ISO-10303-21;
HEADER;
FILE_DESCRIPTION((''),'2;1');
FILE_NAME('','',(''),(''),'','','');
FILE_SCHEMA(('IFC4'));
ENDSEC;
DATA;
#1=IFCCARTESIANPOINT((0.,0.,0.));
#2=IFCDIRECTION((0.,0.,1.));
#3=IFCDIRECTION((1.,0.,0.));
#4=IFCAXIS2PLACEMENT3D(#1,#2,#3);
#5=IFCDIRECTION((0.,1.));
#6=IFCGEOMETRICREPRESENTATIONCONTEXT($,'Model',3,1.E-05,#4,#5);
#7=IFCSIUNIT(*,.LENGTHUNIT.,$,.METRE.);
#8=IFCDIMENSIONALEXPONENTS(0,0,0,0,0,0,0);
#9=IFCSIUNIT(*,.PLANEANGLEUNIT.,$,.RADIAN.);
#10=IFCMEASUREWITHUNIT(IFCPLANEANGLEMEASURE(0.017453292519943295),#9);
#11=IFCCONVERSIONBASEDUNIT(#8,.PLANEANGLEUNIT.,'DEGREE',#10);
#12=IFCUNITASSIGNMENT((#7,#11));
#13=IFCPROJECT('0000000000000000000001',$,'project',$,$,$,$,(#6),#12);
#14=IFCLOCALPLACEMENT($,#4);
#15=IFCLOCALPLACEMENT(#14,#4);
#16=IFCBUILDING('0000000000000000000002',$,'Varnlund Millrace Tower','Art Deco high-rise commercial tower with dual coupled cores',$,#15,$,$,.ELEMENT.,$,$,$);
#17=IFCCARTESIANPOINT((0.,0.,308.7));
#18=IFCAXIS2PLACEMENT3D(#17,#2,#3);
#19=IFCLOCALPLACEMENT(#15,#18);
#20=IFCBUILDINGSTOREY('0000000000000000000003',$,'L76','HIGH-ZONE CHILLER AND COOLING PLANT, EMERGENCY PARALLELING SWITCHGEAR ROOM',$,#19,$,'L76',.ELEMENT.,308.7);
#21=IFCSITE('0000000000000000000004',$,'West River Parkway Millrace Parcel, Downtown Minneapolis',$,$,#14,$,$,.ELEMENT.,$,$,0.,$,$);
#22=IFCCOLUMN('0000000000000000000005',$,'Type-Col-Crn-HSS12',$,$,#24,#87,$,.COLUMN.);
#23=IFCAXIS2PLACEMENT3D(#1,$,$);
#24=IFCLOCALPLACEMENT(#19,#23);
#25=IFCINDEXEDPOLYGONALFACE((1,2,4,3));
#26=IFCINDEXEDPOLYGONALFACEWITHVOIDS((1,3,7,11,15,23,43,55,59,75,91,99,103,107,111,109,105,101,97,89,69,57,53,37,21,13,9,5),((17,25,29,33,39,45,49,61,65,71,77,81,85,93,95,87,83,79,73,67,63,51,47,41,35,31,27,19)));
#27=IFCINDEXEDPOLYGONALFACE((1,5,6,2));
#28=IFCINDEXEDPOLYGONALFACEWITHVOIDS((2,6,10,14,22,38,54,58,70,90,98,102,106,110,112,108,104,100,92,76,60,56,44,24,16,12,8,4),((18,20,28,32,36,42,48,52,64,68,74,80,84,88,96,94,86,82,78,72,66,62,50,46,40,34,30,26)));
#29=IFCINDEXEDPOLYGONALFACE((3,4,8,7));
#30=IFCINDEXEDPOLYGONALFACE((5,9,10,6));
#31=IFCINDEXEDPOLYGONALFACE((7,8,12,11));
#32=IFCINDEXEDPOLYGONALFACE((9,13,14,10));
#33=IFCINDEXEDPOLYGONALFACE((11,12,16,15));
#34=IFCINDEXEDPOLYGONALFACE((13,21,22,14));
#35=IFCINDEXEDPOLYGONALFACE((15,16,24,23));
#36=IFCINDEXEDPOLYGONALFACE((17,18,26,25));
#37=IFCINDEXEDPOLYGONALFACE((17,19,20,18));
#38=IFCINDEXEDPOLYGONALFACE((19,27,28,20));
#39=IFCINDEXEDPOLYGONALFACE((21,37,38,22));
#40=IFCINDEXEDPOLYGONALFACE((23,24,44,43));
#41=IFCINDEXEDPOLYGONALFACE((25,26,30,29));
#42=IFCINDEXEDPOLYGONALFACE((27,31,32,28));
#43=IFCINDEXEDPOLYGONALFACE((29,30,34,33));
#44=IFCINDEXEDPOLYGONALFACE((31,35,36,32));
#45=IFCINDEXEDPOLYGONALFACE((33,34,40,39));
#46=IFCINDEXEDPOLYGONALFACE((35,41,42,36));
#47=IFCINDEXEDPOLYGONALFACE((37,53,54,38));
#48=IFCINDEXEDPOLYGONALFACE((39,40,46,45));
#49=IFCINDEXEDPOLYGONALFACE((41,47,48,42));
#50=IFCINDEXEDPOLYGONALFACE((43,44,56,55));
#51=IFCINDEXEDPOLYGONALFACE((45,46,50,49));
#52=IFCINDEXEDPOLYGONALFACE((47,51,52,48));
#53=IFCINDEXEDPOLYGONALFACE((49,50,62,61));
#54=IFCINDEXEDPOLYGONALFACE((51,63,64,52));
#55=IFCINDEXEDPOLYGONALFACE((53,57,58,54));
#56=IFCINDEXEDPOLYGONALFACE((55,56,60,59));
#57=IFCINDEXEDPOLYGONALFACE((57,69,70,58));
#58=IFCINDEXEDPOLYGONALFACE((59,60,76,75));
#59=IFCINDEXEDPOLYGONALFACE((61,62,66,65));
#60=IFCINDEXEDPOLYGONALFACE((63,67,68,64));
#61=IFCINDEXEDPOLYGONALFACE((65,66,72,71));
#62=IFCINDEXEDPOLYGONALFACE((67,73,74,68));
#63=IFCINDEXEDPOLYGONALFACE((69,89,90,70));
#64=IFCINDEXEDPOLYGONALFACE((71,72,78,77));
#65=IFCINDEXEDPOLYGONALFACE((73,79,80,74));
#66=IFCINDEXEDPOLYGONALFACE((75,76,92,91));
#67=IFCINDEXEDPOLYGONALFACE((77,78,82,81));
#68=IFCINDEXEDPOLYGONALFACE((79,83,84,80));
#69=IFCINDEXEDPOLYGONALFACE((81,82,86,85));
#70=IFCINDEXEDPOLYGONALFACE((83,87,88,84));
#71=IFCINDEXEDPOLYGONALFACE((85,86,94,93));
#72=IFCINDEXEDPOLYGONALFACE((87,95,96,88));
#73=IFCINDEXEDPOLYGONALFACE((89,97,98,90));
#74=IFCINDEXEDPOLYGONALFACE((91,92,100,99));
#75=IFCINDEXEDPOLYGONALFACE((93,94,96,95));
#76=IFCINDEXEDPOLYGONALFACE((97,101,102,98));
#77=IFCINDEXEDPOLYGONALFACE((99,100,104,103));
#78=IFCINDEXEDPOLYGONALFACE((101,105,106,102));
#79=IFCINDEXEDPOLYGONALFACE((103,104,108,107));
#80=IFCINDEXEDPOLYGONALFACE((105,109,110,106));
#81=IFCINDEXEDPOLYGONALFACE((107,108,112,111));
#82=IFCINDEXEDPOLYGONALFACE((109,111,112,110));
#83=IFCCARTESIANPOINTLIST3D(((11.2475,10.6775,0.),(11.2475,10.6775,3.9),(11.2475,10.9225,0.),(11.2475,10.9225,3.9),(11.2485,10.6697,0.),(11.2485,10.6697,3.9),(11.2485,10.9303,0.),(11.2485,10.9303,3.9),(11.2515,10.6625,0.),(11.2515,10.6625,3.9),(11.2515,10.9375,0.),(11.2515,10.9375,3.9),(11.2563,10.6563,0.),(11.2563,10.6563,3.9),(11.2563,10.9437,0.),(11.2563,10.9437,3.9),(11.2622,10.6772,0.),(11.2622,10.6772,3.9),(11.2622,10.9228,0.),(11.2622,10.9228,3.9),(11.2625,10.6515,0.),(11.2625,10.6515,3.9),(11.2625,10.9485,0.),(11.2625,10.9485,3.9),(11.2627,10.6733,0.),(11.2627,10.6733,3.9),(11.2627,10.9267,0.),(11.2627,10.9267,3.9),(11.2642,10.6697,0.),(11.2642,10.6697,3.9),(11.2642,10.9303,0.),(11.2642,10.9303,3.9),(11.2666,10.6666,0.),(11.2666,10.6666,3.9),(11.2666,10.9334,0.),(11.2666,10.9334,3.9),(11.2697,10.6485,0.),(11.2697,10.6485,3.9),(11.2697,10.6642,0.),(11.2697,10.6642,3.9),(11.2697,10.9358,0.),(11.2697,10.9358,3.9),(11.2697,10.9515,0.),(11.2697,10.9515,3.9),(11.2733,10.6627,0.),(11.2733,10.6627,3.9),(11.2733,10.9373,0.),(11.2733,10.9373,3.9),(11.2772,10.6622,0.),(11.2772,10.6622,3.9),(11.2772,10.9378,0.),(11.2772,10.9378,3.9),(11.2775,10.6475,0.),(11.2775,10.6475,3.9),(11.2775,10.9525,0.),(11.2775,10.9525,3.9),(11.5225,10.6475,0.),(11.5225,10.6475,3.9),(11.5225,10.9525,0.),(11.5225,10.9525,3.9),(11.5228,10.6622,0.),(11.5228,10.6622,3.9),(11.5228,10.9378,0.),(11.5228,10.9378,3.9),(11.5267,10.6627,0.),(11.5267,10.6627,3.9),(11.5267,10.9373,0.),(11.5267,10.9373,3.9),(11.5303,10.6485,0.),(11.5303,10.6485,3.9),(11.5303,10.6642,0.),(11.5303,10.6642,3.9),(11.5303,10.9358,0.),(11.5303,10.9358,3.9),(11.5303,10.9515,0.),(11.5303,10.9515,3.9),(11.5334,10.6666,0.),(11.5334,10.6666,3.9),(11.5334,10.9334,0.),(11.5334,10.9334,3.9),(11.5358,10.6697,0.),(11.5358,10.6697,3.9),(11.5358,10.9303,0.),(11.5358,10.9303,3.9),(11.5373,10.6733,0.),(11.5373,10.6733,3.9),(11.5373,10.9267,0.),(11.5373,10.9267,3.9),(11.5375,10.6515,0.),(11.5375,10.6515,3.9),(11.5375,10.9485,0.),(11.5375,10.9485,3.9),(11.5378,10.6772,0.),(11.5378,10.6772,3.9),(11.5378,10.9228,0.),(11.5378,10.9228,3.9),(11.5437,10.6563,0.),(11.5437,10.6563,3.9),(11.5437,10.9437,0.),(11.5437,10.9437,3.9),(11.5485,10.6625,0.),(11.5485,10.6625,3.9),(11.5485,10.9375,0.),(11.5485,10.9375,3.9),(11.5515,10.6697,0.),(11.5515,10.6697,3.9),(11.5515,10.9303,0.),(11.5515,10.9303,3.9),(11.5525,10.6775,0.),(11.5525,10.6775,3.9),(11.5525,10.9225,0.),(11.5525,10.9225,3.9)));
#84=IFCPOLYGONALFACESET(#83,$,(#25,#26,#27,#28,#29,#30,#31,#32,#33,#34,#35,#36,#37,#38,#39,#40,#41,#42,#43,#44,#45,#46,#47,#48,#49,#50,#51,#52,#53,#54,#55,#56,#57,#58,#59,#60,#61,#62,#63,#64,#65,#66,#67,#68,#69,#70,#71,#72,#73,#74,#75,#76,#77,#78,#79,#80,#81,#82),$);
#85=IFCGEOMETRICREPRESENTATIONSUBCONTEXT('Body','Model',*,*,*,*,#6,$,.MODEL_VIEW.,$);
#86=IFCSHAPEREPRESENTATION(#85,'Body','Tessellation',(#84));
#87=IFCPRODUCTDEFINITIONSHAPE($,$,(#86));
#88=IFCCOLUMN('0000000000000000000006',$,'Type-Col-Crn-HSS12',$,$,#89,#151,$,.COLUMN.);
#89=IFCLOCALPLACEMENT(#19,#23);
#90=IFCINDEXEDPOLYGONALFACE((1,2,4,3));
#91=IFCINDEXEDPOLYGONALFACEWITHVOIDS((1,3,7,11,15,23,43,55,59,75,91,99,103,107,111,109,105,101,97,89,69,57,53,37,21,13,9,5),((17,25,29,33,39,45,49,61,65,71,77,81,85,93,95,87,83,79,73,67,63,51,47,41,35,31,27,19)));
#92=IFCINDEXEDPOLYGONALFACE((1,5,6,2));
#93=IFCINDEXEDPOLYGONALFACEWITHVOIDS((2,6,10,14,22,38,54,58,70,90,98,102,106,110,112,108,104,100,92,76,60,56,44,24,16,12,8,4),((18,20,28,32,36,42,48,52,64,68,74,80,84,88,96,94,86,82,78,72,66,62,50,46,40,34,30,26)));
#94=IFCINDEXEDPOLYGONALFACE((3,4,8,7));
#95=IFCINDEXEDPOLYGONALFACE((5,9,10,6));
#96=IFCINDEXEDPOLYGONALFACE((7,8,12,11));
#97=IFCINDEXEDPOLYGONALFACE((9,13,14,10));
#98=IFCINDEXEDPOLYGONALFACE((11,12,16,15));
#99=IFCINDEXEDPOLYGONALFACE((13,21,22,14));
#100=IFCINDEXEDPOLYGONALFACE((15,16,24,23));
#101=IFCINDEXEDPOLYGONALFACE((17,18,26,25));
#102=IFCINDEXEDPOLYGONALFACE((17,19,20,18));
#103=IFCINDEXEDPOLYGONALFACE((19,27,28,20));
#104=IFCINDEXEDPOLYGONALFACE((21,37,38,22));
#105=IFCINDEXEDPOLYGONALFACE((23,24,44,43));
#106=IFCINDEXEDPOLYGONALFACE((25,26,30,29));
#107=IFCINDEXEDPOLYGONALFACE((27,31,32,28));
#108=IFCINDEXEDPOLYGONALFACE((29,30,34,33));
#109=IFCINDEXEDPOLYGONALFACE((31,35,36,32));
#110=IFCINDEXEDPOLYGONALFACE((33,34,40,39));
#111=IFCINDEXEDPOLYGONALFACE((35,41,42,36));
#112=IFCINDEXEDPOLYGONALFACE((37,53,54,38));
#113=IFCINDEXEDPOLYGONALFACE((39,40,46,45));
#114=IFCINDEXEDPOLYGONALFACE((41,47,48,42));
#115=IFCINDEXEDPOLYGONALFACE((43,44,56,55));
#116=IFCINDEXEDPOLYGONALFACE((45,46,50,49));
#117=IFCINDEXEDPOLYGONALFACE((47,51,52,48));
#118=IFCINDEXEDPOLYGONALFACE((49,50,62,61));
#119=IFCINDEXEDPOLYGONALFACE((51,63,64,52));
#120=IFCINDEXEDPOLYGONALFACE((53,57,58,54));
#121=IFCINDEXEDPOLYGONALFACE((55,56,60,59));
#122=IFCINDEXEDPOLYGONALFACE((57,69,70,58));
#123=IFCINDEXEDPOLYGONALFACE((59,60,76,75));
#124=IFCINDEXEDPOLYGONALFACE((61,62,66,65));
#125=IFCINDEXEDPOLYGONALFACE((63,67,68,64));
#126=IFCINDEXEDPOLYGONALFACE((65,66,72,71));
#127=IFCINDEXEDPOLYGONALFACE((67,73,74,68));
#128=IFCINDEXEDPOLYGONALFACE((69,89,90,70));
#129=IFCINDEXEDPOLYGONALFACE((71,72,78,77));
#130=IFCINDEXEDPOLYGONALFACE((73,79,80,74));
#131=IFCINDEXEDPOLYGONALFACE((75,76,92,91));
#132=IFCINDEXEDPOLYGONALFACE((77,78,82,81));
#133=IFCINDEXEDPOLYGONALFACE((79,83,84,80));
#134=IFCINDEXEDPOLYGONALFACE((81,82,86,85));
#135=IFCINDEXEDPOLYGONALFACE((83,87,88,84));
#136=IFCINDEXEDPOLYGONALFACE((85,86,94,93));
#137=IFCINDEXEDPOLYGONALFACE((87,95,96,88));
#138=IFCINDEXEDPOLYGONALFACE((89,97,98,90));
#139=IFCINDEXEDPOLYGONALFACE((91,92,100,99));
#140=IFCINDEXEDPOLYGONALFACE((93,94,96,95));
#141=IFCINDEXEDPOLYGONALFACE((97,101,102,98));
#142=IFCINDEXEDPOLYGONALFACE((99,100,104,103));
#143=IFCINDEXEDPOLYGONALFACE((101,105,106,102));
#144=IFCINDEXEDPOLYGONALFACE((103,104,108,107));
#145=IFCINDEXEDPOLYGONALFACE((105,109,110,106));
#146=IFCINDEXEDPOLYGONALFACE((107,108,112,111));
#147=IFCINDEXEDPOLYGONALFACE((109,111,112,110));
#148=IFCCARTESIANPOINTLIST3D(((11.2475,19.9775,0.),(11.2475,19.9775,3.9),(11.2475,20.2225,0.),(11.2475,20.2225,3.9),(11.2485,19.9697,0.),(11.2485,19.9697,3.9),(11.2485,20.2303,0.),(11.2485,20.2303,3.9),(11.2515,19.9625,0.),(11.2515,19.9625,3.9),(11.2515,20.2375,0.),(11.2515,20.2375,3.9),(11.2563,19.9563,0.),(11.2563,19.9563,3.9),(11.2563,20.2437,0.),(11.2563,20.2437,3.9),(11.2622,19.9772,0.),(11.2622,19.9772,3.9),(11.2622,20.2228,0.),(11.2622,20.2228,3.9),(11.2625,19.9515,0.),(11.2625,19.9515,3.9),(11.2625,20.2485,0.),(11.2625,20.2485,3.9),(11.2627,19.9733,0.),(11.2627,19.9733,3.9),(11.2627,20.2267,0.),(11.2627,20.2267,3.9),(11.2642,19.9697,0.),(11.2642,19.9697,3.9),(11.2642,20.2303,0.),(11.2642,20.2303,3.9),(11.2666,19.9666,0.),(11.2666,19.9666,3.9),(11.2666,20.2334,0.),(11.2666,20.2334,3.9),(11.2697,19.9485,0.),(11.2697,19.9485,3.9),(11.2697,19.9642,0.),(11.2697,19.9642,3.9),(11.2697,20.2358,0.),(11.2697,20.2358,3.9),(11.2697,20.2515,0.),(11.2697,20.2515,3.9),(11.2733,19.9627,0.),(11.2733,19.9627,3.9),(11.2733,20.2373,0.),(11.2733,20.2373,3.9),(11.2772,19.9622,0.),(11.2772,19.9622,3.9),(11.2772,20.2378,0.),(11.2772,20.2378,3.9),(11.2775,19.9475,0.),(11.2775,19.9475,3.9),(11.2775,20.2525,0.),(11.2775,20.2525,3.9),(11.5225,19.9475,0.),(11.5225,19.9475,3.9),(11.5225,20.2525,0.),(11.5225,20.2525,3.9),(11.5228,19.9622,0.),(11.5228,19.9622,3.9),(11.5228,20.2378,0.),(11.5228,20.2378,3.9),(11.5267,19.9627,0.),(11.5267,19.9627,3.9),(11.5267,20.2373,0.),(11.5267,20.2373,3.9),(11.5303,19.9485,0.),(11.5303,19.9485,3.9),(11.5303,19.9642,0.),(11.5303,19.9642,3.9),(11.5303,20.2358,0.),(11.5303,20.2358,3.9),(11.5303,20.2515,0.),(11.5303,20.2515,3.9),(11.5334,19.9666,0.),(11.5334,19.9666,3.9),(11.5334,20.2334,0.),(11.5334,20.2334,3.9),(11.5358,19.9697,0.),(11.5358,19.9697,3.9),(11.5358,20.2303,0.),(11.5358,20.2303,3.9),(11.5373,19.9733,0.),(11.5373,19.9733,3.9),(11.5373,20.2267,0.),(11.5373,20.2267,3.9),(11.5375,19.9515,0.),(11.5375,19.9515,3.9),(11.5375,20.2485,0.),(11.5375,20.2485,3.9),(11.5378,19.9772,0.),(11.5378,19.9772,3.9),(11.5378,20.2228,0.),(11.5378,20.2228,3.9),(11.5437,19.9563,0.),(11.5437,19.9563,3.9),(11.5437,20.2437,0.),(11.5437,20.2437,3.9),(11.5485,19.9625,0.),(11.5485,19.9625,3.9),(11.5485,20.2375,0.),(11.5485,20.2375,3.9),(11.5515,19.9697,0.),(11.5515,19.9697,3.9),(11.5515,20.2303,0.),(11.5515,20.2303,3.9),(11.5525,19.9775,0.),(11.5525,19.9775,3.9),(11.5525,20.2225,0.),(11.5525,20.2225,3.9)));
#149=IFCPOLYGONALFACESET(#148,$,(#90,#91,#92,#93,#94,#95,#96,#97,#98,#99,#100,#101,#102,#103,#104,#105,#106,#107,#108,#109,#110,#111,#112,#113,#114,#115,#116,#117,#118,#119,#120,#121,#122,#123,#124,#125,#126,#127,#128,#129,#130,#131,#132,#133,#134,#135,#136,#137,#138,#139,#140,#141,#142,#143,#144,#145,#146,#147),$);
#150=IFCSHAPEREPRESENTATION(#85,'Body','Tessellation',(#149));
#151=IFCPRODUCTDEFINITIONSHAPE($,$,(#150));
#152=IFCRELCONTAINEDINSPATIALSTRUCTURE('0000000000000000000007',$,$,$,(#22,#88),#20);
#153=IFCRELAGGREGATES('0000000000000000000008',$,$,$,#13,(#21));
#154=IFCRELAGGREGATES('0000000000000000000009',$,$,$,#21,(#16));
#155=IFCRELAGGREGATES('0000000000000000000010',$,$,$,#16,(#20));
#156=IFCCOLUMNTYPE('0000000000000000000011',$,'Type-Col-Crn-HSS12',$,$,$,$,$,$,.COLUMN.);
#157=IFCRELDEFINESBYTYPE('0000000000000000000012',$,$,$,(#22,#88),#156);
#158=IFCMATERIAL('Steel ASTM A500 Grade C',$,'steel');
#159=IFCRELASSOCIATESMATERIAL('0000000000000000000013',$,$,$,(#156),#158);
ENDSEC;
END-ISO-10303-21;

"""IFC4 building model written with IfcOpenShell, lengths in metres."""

from ifc_helpers import new_model, entity, si_unit, converted_unit, direction, frame, origin_with_axes, origin_2d_with_axis, place, context, subcontext, project, spatial, hollow_rectangle, extrude, material, material_profile, profile_set, type_object, element, save


model = new_model("IFC4")

# Units and contexts
model_context = context("Model", 3, precision=1e-05, world=origin_with_axes(), true_north=direction((0.0, 1.0)))
body_context = subcontext(model_context, "Body", "Model", "MODEL_VIEW")
ifc_project = project(units=[si_unit("LENGTHUNIT", "METRE"), converted_unit("PLANEANGLEUNIT", "DEGREE", entity("IfcPlaneAngleMeasure", 0.017453292519943295), si_unit("PLANEANGLEUNIT", "RADIAN"), dimensions=[0, 0, 0, 0, 0, 0, 0])], contexts=[model_context])

# Site, building, storey
site_placement = place(None, origin_with_axes())
site = spatial("IfcSite", under=ifc_project, at=site_placement, Name="West River Parkway Millrace Parcel, Downtown Minneapolis", CompositionType="ELEMENT", RefElevation=0.0)
building_placement = place(site_placement, origin_with_axes())
building = spatial("IfcBuilding", under=site, at=building_placement, Name="Varnlund Millrace Tower", Description="Art Deco high-rise commercial tower with dual coupled cores", CompositionType="ELEMENT")
storey_placement = place(building_placement, frame((0.0, 0.0, 308.7), z_axis=(0.0, 0.0, 1.0), x_axis=(1.0, 0.0, 0.0)))
storey = spatial("IfcBuildingStorey", under=building, at=storey_placement, Name="L76", Description="HIGH-ZONE CHILLER AND COOLING PLANT, EMERGENCY PARALLELING SWITCHGEAR ROOM", LongName="L76", CompositionType="ELEMENT", Elevation=308.7)

# Columns
ifc_material_1 = material(Name="Steel ASTM A500 Grade C", Category="steel")
ifc_material_profile = material_profile(ifc_material_1, hollow_rectangle(XDim=0.305, YDim=0.305, WallThickness=0.0147, InnerFilletRadius=0.015, OuterFilletRadius=0.03, at=origin_2d_with_axis()), Name="Steel ASTM A500 Grade C")
ifc_profile_set = profile_set([ifc_material_profile], Name="Steel ASTM A500 Grade C")
column_type = type_object("IfcColumnType", Name="Type-Col-Crn-HSS12", PredefinedType="COLUMN", material=ifc_profile_set)
for number, where, z_axis, x_axis, name in (
    (1, (11.4, 10.8, 0.0), (0.0, 0.0, 1.0), (1.0, 0.0, 0.0), "Type-Col-Crn-HSS12"),
    (2, (11.4, 20.1, 0.0), (0.0, 0.0, 1.0), (1.0, 0.0, 0.0), "Type-Col-Crn-HSS12"),
):
    element("IfcColumn", number, at=place(storey_placement, frame(where, z_axis=z_axis, x_axis=x_axis)), inside=storey, type_object=column_type, Name=name, PredefinedType="COLUMN", context=body_context, shape_type="SweptSolid", body=[
        extrude(hollow_rectangle(XDim=0.305, YDim=0.305, WallThickness=0.0147, InnerFilletRadius=0.015, OuterFilletRadius=0.03, at=origin_2d_with_axis()), origin_with_axes(), (0.0, 0.0, 1.0), 3.9),
    ])

save(model, "model.ifc")
